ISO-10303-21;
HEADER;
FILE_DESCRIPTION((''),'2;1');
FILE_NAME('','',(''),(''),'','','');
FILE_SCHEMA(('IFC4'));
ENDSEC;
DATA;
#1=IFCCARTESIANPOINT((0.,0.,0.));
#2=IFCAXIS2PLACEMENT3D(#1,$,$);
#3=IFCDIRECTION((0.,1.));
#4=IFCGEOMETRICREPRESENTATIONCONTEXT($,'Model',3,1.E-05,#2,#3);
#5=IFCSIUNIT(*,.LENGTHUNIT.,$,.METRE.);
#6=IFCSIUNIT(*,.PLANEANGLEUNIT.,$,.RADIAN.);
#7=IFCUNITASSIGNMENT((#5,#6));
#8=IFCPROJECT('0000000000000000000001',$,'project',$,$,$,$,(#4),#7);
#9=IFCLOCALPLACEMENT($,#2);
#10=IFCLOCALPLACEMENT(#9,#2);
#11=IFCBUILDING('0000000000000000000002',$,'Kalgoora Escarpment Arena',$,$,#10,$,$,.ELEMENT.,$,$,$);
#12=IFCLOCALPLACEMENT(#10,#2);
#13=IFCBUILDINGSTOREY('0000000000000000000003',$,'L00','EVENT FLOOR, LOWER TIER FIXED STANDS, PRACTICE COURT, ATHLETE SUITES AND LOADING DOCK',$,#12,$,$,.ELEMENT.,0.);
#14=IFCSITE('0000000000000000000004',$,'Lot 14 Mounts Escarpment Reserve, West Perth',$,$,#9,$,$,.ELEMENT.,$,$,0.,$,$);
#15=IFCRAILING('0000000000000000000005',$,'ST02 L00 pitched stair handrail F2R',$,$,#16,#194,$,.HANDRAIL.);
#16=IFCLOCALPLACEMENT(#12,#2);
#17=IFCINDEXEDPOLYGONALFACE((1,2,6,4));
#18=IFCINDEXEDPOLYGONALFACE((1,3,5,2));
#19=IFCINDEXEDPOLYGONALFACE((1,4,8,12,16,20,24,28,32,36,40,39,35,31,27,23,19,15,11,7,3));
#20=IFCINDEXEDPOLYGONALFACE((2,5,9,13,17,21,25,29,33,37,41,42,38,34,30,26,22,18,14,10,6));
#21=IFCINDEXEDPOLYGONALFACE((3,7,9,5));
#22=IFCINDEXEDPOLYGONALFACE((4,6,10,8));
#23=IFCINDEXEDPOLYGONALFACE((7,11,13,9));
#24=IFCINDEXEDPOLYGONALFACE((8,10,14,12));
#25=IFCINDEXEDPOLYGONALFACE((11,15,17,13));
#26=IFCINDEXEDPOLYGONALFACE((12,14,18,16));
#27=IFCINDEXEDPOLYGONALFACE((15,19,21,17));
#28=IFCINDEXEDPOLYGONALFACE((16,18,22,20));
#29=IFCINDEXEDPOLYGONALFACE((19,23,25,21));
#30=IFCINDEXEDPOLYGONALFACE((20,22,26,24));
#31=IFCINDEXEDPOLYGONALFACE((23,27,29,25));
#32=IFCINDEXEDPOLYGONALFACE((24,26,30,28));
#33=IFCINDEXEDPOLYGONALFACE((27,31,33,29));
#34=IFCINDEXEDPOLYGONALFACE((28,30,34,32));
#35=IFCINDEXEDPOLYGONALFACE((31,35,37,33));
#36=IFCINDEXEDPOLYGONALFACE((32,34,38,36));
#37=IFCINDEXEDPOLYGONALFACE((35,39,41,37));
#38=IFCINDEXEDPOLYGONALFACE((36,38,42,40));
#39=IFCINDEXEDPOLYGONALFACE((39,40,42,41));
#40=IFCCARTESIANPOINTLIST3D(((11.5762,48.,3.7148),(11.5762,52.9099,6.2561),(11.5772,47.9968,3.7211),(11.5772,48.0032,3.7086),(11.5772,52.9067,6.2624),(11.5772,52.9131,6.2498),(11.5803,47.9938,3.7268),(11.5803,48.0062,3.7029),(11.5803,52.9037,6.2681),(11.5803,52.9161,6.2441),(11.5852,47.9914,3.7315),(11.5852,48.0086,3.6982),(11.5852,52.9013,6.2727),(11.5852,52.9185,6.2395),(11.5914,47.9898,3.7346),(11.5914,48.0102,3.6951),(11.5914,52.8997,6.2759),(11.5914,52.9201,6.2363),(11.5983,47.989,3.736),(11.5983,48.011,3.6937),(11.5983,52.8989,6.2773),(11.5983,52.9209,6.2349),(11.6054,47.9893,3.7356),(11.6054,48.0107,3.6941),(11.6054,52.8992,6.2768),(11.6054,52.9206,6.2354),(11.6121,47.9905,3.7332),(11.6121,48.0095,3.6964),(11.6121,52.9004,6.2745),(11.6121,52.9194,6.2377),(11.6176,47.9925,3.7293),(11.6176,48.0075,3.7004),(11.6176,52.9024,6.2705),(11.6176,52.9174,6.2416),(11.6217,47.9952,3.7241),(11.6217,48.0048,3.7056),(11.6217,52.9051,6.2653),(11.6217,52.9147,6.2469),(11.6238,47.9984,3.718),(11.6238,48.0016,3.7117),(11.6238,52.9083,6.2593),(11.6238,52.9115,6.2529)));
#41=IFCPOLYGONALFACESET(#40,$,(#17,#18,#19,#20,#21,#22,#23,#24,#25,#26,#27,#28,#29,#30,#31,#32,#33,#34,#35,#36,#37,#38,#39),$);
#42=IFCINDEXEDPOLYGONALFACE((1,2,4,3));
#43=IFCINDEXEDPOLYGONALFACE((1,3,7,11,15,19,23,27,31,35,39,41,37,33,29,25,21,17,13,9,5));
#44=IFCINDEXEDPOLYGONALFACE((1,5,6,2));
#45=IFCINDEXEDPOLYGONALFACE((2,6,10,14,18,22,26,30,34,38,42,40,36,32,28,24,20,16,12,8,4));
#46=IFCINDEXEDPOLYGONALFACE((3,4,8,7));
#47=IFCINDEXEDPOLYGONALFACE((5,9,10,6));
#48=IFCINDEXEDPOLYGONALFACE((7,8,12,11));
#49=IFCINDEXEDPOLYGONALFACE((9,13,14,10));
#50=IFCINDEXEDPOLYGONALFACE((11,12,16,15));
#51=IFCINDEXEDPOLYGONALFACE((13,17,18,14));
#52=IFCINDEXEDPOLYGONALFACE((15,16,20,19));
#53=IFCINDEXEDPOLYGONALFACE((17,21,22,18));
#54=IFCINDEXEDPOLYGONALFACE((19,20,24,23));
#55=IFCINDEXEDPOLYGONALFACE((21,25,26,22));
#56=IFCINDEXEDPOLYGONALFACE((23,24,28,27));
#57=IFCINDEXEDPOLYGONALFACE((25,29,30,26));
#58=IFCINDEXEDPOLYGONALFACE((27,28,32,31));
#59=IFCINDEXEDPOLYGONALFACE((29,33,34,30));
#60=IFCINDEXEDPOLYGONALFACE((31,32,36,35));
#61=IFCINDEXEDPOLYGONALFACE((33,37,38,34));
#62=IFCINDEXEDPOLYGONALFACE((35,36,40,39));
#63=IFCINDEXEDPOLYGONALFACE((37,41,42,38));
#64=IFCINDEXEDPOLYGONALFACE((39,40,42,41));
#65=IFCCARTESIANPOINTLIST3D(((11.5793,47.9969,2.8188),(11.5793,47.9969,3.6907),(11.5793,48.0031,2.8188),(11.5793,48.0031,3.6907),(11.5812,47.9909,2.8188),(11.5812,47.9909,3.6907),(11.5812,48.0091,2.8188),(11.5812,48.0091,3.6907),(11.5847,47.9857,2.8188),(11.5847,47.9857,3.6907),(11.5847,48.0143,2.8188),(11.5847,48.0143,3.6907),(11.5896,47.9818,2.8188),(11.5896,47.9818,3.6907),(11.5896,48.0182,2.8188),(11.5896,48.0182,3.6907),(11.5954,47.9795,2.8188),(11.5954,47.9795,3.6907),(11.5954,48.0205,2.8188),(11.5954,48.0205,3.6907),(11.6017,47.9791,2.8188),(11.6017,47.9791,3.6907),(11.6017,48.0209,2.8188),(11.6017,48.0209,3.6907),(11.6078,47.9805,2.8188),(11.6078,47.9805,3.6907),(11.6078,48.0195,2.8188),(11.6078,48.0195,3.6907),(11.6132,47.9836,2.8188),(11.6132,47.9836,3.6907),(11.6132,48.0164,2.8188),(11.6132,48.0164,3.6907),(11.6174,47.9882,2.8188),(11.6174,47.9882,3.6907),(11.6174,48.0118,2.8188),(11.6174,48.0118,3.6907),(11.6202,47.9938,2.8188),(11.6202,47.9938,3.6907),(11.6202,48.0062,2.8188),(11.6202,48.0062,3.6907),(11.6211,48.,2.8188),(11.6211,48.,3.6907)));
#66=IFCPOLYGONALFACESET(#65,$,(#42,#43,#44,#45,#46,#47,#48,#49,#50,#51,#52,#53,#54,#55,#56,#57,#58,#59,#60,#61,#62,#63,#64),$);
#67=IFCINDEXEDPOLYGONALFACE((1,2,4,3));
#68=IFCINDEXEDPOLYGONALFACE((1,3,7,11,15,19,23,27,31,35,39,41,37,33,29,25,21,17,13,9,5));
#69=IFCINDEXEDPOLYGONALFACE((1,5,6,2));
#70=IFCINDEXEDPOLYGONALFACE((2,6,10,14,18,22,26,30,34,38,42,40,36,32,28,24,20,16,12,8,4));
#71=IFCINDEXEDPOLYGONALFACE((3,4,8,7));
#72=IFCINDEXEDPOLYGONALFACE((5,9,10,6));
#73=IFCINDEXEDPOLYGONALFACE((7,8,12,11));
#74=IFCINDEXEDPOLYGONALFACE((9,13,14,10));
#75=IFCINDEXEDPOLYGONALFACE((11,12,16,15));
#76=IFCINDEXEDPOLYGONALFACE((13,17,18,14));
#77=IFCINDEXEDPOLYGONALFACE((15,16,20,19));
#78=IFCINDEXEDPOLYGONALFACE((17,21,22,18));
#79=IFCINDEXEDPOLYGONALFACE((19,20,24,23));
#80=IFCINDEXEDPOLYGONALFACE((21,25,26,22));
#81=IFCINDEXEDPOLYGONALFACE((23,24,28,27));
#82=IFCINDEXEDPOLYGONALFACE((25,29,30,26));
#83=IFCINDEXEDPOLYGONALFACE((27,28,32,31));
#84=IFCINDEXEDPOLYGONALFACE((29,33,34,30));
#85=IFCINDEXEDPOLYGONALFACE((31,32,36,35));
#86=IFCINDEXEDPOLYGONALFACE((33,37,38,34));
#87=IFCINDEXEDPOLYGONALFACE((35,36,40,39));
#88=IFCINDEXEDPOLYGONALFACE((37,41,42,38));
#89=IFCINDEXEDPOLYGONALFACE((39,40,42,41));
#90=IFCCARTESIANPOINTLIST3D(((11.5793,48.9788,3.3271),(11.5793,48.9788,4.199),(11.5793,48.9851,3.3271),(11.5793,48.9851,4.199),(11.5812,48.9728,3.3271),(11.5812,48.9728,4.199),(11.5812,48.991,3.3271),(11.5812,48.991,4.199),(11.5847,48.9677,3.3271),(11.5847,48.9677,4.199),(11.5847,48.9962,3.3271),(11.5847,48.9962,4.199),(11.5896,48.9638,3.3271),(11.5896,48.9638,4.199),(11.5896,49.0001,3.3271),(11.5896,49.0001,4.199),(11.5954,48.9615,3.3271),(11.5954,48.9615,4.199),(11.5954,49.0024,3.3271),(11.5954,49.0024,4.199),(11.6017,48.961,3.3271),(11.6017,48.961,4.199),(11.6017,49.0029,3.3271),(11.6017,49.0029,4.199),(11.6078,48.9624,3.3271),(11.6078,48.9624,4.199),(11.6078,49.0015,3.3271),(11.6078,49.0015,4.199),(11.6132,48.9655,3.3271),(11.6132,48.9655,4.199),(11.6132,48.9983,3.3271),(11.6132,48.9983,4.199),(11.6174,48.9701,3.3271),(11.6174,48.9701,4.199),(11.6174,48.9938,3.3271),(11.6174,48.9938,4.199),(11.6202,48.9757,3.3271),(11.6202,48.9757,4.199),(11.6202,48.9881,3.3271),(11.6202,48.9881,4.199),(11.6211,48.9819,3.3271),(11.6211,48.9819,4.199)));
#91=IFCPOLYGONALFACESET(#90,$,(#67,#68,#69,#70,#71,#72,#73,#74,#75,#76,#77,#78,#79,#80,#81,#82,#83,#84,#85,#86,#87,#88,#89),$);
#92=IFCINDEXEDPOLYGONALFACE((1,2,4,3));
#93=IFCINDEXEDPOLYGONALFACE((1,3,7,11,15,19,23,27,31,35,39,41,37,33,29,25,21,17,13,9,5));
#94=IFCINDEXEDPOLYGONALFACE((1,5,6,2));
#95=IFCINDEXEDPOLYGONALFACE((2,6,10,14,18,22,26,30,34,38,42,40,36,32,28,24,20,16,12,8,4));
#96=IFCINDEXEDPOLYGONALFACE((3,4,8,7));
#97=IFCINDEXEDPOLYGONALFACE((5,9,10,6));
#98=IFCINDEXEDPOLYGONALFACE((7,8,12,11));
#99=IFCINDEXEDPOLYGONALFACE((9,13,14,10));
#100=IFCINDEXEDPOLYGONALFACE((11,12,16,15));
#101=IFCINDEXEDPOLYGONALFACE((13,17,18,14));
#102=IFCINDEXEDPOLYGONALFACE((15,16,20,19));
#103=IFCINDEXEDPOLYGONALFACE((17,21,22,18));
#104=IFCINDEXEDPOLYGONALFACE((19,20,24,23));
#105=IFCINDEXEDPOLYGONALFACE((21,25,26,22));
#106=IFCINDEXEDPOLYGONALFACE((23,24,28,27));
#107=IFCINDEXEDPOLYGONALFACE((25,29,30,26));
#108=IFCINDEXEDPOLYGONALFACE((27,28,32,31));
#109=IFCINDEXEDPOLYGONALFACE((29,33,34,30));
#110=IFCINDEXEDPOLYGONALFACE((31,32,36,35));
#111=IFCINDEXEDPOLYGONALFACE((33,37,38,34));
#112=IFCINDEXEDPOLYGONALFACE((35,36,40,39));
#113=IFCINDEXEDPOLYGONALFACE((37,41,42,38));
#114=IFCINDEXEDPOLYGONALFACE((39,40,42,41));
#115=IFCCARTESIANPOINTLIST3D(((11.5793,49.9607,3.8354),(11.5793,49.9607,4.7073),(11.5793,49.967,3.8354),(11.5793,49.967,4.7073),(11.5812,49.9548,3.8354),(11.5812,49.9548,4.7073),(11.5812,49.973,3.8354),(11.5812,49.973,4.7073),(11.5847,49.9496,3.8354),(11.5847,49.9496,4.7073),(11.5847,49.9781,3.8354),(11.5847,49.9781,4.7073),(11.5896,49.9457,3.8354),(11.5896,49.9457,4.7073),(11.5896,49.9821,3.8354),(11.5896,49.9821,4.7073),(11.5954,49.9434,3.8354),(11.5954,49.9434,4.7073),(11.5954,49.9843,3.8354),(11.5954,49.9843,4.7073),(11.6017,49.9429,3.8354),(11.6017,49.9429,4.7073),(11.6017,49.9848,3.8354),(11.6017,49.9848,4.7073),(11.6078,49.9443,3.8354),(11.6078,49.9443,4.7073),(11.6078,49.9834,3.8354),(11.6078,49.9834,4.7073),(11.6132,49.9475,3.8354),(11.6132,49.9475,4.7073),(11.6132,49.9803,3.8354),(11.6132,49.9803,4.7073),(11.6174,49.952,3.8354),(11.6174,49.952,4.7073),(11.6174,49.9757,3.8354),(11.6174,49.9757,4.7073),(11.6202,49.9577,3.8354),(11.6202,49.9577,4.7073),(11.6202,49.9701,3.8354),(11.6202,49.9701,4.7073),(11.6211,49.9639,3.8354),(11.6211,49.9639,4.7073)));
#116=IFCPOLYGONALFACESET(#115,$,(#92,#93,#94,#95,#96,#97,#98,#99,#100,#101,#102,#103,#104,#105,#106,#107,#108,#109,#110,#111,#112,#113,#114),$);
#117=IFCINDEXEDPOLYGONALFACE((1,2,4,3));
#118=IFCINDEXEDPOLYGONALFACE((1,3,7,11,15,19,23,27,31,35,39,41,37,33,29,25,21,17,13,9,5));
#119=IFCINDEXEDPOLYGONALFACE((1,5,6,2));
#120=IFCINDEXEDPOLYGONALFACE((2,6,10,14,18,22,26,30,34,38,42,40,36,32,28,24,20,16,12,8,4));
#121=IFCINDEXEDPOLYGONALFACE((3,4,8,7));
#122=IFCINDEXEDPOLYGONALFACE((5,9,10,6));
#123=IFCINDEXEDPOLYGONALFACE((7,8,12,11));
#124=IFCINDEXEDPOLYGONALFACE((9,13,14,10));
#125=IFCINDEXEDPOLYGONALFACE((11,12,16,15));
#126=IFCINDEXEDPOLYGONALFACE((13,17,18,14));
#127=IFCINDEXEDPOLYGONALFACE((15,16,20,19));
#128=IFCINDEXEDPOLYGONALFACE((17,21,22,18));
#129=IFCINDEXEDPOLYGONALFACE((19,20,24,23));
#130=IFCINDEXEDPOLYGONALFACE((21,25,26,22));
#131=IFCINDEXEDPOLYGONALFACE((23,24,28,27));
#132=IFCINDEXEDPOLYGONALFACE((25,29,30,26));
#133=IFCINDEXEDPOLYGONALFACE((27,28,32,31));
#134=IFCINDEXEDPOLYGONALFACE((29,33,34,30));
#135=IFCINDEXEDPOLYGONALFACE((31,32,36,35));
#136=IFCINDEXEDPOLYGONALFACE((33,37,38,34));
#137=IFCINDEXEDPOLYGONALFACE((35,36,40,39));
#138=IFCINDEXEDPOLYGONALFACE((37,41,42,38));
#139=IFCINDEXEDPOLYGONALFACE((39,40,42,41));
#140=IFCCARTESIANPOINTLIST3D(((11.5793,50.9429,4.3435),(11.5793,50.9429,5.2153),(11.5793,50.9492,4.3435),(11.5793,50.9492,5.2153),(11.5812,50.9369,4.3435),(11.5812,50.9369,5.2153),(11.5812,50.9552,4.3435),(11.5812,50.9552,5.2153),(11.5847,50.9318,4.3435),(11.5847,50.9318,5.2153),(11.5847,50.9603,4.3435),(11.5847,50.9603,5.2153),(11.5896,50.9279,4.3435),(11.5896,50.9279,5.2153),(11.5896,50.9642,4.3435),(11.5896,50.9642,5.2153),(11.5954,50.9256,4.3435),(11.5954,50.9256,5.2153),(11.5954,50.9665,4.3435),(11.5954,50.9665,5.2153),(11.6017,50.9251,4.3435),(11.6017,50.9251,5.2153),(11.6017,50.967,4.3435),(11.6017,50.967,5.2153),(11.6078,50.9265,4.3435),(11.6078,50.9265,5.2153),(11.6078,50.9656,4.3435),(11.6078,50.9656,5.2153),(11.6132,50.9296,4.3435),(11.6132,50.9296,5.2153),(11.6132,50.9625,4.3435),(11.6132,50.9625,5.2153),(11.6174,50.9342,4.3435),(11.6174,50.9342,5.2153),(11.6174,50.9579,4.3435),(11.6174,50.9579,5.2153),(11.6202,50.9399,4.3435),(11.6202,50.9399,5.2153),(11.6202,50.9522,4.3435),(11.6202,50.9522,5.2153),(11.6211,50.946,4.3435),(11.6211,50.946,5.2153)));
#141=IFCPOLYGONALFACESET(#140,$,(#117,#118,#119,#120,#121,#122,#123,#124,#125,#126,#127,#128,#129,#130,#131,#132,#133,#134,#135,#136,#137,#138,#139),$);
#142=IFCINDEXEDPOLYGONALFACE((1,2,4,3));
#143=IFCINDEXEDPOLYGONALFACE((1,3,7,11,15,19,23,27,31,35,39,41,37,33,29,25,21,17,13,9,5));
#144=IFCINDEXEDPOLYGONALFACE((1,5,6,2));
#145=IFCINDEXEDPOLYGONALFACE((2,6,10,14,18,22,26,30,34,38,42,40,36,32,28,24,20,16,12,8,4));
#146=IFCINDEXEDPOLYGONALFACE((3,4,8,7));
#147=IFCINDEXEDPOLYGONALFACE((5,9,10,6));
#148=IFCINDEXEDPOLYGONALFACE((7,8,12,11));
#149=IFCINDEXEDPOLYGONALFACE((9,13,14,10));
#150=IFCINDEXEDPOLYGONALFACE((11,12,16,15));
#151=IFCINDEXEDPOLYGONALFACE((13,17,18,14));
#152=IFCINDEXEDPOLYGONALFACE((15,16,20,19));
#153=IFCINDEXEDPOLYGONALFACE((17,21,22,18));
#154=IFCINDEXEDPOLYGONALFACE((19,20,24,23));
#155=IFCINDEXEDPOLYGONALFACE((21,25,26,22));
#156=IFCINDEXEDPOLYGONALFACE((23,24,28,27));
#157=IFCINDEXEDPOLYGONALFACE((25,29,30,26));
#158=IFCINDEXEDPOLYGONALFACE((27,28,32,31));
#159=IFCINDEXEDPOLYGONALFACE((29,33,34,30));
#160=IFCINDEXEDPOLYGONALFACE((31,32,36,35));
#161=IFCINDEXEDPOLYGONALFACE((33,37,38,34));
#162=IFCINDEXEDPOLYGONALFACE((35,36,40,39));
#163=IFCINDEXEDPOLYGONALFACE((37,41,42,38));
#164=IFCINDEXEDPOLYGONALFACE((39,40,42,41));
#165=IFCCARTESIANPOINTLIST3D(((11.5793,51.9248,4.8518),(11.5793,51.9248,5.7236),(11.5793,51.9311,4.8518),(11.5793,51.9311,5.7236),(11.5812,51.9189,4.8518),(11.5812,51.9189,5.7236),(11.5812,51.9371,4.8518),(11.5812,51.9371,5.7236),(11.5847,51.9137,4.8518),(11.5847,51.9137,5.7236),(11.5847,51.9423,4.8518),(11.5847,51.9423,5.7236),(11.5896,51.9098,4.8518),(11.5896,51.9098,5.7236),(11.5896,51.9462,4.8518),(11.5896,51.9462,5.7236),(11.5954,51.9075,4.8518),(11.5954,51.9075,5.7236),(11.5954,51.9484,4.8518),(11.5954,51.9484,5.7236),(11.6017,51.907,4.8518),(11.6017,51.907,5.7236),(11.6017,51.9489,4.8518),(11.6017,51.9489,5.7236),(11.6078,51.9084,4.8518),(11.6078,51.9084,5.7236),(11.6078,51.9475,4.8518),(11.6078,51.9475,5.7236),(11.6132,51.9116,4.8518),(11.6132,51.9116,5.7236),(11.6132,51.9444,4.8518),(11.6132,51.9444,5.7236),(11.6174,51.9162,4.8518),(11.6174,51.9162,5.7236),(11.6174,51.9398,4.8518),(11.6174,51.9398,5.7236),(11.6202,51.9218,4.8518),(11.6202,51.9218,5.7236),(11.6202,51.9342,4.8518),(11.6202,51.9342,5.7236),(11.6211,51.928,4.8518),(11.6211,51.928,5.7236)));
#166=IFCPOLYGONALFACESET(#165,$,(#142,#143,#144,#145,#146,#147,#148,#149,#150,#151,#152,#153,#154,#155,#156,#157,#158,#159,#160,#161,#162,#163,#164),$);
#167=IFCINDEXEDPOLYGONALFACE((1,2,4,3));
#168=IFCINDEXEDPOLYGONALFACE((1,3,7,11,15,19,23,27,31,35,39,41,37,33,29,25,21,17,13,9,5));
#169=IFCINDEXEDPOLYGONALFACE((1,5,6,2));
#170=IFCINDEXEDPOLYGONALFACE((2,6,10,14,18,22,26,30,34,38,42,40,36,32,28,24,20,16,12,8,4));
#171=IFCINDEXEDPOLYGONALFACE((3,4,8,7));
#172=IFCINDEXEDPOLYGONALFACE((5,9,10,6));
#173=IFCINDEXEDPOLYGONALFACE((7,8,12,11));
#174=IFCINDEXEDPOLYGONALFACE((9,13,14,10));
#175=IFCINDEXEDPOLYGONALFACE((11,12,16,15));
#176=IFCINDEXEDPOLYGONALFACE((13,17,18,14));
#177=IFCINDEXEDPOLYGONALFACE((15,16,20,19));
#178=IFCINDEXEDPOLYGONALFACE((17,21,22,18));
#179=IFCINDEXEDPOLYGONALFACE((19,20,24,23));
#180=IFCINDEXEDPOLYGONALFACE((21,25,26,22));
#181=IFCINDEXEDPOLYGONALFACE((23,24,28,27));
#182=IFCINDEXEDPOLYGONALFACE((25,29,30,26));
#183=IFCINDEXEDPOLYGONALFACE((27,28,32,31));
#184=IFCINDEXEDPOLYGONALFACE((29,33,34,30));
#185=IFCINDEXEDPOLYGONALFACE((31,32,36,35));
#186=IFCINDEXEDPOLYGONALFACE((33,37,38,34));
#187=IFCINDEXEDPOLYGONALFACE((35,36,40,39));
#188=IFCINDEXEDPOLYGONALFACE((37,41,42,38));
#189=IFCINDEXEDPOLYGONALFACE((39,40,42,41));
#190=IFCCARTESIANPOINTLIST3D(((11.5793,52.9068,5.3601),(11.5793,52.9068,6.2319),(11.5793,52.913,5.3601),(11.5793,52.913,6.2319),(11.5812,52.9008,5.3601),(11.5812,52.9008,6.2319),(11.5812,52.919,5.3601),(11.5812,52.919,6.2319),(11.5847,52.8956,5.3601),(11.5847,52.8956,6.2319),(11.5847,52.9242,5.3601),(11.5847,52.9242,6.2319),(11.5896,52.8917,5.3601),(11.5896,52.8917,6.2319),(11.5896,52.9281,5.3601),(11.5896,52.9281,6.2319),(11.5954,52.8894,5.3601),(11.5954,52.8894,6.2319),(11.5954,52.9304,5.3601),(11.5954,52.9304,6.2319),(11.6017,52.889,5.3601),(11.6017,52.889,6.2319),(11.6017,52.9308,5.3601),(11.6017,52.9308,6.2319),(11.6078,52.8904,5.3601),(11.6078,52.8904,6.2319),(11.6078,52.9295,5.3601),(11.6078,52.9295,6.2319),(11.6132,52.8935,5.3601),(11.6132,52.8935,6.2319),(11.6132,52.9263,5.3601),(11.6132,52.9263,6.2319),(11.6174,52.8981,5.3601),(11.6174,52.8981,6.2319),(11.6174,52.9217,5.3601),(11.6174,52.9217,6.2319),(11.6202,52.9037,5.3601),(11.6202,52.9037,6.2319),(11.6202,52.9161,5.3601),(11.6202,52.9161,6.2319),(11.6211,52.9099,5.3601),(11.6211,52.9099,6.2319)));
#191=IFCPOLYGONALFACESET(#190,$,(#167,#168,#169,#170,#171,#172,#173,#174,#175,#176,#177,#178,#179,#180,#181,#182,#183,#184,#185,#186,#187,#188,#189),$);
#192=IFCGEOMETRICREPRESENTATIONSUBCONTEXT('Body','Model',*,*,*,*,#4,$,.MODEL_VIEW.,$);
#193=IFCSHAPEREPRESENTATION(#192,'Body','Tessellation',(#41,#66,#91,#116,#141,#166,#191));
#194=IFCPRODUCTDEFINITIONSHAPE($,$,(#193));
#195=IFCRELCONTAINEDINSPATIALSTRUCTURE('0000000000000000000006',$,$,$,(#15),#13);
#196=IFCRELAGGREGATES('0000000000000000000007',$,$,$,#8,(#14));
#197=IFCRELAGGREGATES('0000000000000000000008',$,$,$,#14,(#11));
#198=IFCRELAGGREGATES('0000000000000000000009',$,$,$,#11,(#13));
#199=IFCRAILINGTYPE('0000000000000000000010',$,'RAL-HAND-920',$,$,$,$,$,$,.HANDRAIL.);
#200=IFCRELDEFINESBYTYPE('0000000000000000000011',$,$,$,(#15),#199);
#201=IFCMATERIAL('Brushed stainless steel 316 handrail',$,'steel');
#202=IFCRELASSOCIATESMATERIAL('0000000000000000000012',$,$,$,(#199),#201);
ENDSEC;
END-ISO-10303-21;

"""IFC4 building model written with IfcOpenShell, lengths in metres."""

from ifc_helpers import new_model, si_unit, direction, frame, origin, origin_2d, place, context, subcontext, project, spatial, circle, extrude, material, type_object, element, save


model = new_model("IFC4")

# Units and contexts
model_context = context("Model", 3, precision=1e-05, world=origin(), true_north=direction((0.0, 1.0)))
body_context = subcontext(model_context, "Body", "Model", "MODEL_VIEW")
ifc_project = project(units=[si_unit("LENGTHUNIT", "METRE"), si_unit("PLANEANGLEUNIT", "RADIAN")], contexts=[model_context])

# Site, building, storey
site_placement = place(None, origin())
site = spatial("IfcSite", under=ifc_project, at=site_placement, Name="Lot 14 Mounts Escarpment Reserve, West Perth", CompositionType="ELEMENT", RefElevation=0.0)
building_placement = place(site_placement, origin())
building = spatial("IfcBuilding", under=site, at=building_placement, Name="Kalgoora Escarpment Arena", CompositionType="ELEMENT")
storey_placement = place(building_placement, origin())
storey = spatial("IfcBuildingStorey", under=building, at=storey_placement, Name="L00", Description="EVENT FLOOR, LOWER TIER FIXED STANDS, PRACTICE COURT, ATHLETE SUITES AND LOADING DOCK", CompositionType="ELEMENT", Elevation=0.0)

# Railing
ifc_material_1 = material(Name="Brushed stainless steel 316 handrail", Category="steel")
railing_type = type_object("IfcRailingType", Name="RAL-HAND-920", PredefinedType="HANDRAIL", material=ifc_material_1)
railing_placement = place(storey_placement, frame((11.6001, 48.0, 2.8188)))
element("IfcRailing", 1, at=railing_placement, inside=storey, type_object=railing_type, Name="ST02 L00 pitched stair handrail F2R", PredefinedType="HANDRAIL", context=body_context, shape_type="SweptSolid", body=[
    extrude(circle(Radius=0.0239, at=origin_2d()), frame((0.0, 0.0, 0.896), z_axis=(0.0, 0.888096, 0.459658), x_axis=(-1.0, 0.0, 0.0)), (0.0, 0.0, 1.0), 5.5286),
    extrude(circle(Radius=0.021, at=origin_2d()), origin(), (0.0, 0.0, 1.0), 0.8718),
    extrude(circle(Radius=0.021, at=origin_2d()), frame((0.0, 0.9819, 0.5083)), (0.0, 0.0, 1.0), 0.8718),
    extrude(circle(Radius=0.021, at=origin_2d()), frame((0.0, 1.9639, 1.0166)), (0.0, 0.0, 1.0), 0.8718),
    extrude(circle(Radius=0.021, at=origin_2d()), frame((0.0, 2.946, 1.5247)), (0.0, 0.0, 1.0), 0.8718),
    extrude(circle(Radius=0.021, at=origin_2d()), frame((0.0, 3.928, 2.033)), (0.0, 0.0, 1.0), 0.8718),
    extrude(circle(Radius=0.021, at=origin_2d()), frame((0.0, 4.9099, 2.5413)), (0.0, 0.0, 1.0), 0.8718),
])

save(model, "model.ifc")
